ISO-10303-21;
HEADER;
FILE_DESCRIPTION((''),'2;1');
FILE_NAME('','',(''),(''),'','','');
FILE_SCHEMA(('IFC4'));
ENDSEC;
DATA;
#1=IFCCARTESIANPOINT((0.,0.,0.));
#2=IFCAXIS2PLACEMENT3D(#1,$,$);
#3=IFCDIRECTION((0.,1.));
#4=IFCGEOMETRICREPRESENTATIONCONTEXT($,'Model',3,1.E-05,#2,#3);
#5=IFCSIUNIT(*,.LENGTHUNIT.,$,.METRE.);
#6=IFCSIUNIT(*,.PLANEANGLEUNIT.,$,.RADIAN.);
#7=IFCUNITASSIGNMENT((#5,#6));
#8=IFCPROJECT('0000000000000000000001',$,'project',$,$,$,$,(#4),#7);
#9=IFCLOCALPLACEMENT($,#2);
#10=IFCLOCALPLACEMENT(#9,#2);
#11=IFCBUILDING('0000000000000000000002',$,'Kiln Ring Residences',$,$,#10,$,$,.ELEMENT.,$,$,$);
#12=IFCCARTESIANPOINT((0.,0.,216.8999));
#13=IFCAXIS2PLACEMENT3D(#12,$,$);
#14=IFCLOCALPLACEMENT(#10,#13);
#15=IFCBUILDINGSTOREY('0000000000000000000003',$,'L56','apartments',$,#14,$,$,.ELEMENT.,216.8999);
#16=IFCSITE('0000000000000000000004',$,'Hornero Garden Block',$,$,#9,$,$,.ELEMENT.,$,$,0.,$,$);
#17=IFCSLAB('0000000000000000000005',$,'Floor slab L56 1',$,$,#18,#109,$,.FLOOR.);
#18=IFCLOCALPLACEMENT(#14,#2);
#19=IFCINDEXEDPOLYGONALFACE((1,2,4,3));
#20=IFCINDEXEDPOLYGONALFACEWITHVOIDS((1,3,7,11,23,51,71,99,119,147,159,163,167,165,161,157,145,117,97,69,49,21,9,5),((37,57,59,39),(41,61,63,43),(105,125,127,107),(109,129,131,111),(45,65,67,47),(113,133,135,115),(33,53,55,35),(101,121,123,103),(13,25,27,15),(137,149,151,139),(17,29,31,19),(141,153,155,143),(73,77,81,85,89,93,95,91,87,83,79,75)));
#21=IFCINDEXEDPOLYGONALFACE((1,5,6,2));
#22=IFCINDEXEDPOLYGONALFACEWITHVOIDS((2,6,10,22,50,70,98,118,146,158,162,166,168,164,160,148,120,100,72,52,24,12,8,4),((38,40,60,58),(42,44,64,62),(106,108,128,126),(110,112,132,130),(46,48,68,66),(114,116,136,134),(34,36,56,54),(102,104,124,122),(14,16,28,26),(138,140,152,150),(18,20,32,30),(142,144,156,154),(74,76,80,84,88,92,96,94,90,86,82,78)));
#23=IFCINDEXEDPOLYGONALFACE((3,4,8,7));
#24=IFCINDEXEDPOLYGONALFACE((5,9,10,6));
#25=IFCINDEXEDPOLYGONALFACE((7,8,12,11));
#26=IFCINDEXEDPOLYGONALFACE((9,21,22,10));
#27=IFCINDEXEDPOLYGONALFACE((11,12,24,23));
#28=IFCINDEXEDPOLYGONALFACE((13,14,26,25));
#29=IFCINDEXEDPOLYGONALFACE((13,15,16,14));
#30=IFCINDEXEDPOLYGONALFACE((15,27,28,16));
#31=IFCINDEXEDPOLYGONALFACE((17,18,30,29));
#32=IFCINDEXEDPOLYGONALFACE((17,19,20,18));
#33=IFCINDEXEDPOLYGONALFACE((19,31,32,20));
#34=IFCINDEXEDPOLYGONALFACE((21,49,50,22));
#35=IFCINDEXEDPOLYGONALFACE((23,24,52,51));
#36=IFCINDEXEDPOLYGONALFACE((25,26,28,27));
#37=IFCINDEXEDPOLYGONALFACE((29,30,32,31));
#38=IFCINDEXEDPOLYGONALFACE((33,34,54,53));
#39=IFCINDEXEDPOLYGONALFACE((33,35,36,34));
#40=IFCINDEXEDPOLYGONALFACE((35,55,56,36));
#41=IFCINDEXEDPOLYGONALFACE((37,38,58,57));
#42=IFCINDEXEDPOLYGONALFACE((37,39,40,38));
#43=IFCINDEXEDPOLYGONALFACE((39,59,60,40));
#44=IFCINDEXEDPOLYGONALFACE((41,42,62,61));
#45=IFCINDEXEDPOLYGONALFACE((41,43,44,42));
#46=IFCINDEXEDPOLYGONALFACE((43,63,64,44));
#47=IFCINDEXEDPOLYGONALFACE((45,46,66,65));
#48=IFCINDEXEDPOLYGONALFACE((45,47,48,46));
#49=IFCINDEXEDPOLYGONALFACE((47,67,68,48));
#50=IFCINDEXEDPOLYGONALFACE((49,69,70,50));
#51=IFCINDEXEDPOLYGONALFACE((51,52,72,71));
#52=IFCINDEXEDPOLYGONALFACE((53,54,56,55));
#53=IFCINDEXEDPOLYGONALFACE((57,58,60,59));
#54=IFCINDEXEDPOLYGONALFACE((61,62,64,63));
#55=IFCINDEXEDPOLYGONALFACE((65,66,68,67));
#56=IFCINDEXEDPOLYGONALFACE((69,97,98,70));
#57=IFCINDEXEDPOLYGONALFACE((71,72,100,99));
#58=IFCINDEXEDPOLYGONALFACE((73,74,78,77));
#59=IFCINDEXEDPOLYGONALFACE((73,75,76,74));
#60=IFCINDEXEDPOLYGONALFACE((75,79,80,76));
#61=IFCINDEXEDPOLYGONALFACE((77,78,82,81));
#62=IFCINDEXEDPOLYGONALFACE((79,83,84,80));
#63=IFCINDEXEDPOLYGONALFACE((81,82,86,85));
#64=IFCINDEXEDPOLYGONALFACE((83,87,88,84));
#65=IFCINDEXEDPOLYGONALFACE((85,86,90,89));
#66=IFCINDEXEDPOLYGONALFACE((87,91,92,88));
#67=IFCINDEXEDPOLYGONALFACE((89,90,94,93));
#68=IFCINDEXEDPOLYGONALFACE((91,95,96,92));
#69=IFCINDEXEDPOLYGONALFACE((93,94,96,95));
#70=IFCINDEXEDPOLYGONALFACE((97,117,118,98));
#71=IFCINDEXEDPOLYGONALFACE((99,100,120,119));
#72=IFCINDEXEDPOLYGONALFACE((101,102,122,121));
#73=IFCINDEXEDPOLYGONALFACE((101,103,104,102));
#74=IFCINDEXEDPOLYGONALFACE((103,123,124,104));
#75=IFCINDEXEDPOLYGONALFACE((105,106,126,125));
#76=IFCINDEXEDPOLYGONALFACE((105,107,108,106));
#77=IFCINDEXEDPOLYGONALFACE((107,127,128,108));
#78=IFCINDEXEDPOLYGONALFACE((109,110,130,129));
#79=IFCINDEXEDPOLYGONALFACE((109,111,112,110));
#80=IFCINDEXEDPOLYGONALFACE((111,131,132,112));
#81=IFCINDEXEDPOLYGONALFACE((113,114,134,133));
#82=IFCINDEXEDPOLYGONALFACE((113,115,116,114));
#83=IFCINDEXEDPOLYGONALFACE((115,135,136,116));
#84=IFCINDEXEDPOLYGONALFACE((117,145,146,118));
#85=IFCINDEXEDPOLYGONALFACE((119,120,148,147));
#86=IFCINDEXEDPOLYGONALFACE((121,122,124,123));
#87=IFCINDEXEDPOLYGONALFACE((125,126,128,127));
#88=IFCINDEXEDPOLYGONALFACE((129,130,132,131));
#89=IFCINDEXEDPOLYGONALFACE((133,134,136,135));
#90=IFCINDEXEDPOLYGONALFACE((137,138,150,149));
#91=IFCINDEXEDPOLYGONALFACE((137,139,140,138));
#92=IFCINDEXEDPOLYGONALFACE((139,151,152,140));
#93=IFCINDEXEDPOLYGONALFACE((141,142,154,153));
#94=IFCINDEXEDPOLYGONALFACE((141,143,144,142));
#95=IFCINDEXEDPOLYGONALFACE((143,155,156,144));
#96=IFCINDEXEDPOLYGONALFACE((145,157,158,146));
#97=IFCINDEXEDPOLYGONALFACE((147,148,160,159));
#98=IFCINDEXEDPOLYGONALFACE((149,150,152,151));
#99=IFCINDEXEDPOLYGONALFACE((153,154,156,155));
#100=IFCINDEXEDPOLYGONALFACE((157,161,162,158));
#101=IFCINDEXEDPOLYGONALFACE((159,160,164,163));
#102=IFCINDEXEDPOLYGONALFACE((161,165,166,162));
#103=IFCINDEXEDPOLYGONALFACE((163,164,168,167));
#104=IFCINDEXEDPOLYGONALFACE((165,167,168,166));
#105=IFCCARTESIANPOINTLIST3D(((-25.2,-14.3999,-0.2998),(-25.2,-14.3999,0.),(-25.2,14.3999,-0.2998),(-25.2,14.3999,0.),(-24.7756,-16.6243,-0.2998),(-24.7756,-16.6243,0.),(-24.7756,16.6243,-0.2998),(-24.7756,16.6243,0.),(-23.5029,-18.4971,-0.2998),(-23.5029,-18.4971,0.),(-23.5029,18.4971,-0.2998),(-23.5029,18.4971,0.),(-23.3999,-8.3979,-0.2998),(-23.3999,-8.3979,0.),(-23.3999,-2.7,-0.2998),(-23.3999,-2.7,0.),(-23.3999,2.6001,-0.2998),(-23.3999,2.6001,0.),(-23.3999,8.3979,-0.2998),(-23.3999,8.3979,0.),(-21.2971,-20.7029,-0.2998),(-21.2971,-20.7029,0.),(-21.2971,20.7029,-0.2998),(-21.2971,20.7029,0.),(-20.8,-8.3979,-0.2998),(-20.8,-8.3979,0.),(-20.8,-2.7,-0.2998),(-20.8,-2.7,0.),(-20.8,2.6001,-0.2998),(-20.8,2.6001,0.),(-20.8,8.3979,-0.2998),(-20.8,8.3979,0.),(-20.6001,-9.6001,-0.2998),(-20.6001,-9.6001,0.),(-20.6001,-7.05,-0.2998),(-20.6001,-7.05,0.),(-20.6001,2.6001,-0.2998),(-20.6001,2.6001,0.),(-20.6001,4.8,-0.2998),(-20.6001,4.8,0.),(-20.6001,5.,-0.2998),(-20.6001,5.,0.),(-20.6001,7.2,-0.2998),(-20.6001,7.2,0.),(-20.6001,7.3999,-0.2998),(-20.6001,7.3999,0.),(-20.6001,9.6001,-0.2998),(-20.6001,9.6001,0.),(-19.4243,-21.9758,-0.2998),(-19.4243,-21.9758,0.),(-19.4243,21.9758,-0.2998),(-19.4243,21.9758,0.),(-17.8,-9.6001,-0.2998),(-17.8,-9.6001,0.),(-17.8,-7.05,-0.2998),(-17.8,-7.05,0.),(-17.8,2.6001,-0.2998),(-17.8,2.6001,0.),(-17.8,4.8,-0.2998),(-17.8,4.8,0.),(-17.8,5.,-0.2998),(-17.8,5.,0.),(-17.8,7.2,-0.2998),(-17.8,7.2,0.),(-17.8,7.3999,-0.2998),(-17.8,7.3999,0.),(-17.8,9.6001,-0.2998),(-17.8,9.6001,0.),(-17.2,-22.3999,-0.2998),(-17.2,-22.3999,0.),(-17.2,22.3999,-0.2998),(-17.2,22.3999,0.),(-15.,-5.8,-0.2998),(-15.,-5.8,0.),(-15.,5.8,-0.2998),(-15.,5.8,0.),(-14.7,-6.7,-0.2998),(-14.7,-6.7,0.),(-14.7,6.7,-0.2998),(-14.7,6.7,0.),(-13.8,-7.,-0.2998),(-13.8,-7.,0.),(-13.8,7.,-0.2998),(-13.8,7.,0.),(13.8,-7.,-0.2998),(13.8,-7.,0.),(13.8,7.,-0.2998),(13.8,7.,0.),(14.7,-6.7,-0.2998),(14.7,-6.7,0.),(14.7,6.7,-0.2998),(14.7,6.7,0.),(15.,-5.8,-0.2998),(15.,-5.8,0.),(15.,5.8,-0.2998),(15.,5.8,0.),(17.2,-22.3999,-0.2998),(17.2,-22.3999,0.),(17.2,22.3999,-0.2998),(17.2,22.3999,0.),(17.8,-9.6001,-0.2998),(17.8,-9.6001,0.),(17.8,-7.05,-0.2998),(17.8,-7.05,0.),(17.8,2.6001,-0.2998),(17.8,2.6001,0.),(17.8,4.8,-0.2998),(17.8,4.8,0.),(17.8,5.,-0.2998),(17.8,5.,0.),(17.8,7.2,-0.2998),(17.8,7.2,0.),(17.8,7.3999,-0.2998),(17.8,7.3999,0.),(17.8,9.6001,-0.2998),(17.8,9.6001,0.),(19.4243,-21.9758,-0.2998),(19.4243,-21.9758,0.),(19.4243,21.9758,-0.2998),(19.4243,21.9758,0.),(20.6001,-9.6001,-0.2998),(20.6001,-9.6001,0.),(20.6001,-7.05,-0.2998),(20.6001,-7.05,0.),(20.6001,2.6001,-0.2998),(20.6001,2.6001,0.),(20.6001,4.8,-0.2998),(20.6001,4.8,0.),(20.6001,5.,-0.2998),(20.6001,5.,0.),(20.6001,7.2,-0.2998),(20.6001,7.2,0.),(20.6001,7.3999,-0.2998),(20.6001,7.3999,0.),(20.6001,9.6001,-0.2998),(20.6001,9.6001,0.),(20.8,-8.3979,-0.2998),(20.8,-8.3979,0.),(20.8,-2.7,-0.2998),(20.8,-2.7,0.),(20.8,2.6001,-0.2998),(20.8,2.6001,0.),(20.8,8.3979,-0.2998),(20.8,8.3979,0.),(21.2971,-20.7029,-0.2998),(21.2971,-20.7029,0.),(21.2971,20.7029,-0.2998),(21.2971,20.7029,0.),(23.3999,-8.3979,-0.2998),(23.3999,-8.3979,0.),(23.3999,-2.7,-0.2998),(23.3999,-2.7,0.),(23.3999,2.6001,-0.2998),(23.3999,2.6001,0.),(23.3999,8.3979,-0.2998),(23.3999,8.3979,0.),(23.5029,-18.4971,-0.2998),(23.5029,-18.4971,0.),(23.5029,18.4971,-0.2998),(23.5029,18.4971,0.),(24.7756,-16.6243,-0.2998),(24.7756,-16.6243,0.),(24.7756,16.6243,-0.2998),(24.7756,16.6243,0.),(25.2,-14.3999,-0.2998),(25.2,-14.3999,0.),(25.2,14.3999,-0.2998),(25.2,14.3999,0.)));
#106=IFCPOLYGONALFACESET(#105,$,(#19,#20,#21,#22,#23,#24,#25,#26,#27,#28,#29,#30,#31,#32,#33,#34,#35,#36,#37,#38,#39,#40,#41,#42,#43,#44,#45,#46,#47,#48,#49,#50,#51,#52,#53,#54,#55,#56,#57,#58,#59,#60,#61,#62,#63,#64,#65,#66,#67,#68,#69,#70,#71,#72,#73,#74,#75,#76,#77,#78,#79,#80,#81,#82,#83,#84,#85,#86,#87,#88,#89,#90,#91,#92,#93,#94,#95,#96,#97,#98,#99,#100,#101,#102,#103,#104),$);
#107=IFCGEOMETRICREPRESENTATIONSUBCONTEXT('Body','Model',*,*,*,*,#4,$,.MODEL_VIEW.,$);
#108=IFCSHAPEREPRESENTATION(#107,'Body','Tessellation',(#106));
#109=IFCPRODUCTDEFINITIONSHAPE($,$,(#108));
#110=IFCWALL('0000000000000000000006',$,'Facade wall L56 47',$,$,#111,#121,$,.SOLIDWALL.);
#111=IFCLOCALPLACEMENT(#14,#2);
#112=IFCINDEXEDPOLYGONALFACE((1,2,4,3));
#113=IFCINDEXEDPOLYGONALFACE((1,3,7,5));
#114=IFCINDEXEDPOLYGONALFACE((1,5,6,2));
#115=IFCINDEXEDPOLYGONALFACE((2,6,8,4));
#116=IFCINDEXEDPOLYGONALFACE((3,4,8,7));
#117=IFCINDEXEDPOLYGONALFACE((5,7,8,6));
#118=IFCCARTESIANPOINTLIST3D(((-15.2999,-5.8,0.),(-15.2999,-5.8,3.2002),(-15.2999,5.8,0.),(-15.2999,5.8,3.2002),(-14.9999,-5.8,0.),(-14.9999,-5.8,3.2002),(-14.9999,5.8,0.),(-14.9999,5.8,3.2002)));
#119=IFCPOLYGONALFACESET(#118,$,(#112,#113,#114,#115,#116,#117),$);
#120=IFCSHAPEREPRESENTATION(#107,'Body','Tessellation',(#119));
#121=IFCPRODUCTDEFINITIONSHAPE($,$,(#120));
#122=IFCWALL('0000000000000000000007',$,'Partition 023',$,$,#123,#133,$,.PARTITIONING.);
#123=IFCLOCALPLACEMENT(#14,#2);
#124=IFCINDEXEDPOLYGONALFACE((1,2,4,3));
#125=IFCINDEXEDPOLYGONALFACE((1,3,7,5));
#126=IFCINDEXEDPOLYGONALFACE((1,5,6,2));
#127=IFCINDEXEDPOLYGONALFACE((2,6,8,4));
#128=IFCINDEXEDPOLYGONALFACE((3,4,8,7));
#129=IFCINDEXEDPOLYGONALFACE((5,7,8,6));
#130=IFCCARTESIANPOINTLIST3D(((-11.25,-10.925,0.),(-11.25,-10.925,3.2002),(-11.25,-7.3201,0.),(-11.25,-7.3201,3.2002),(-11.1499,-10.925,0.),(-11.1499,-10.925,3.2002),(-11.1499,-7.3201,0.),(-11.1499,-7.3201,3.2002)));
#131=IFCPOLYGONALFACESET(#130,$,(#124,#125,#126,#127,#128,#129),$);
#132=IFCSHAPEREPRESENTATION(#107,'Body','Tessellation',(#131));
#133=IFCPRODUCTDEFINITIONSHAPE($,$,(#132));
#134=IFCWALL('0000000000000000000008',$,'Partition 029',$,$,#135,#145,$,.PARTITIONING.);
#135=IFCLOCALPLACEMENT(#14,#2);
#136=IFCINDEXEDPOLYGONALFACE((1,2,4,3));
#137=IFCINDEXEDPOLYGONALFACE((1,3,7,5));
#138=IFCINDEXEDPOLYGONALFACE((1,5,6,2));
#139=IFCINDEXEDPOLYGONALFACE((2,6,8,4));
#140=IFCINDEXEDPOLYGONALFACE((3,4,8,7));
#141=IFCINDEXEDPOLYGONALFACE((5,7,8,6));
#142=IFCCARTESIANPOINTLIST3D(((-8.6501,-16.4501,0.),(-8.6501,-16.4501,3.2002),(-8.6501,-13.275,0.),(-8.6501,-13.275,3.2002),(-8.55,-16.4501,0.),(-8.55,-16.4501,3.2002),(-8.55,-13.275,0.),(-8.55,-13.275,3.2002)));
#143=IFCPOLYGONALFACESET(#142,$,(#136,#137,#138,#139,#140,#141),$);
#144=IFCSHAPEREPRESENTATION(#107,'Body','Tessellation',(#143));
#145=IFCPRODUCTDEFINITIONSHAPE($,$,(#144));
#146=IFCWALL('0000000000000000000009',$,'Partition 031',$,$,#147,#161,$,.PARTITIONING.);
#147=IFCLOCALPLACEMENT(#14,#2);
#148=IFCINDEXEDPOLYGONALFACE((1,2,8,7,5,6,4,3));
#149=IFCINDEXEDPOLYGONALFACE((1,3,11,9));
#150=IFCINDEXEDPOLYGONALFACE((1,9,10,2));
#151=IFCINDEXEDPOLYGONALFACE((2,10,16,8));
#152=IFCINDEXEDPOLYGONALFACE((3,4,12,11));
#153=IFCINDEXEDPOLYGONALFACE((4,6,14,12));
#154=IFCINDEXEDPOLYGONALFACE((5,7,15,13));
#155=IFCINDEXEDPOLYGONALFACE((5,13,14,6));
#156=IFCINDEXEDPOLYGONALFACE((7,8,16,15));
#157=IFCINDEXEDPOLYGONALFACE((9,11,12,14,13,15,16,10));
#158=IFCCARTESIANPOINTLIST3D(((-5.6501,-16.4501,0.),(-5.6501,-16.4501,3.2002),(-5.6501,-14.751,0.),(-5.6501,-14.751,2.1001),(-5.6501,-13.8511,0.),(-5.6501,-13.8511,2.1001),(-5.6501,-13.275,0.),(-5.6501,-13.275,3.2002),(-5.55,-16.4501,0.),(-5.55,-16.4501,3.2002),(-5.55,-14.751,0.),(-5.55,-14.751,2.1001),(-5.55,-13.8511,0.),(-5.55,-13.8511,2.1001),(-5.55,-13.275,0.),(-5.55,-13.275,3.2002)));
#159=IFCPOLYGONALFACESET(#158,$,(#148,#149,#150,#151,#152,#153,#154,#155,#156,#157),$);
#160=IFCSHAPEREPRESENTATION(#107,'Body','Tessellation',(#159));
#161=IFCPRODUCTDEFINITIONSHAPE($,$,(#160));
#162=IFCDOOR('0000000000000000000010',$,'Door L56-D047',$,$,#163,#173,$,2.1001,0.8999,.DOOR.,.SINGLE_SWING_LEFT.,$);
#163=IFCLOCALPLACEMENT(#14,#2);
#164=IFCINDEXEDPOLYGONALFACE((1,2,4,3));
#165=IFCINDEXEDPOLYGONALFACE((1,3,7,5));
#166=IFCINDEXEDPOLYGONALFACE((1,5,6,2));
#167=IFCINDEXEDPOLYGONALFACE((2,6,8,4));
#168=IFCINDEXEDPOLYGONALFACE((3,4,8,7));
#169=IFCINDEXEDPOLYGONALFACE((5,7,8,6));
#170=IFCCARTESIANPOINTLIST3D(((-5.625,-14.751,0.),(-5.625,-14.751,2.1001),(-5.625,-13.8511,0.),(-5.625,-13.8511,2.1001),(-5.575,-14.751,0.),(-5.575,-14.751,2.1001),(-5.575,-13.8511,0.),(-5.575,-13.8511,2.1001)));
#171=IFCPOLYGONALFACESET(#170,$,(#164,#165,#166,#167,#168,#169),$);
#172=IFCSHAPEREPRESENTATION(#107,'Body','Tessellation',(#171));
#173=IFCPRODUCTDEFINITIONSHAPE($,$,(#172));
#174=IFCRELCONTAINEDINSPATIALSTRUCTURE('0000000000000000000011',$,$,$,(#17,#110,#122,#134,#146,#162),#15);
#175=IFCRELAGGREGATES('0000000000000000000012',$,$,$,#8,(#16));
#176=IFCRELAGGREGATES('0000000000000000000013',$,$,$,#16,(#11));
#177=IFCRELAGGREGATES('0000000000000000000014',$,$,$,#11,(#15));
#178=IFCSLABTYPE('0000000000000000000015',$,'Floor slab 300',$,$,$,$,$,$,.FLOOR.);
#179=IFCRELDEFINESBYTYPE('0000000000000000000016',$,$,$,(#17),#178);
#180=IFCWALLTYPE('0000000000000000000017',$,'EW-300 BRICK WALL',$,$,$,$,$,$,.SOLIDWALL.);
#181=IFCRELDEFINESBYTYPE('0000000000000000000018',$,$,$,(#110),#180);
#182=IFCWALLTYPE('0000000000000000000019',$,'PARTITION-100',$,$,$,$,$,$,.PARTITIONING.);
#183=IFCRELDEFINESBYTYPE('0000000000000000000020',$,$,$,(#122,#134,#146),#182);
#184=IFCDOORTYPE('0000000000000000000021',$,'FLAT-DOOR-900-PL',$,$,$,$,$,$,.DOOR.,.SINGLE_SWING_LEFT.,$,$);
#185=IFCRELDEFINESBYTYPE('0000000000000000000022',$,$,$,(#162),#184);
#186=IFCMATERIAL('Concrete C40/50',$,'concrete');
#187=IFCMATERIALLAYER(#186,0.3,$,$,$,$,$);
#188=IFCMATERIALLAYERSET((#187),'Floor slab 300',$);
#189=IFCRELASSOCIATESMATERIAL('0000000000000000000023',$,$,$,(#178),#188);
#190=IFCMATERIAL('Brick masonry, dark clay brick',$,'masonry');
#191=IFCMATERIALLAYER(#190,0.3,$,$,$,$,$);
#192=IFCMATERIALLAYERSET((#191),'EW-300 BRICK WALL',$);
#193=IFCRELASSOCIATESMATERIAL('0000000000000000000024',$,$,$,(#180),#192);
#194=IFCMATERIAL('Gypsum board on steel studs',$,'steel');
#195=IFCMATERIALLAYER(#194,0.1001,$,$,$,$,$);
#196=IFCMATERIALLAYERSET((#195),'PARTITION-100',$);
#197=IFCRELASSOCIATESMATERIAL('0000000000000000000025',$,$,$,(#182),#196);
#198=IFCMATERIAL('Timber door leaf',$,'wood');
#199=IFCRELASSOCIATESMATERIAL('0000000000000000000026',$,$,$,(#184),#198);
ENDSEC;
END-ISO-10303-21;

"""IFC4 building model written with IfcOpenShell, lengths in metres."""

from ifc_helpers import new_model, si_unit, direction, frame, frame_2d, origin, place, context, subcontext, project, spatial, polyline, rectangle, outline, extrude, material, layer, layer_set, type_object, element, fill, save


model = new_model("IFC4")

# Units and contexts
model_context = context("Model", 3, precision=1e-05, world=origin(), true_north=direction((0.0, 1.0)))
body_context = subcontext(model_context, "Body", "Model", "MODEL_VIEW")
ifc_project = project(units=[si_unit("LENGTHUNIT", "METRE"), si_unit("PLANEANGLEUNIT", "RADIAN")], contexts=[model_context])

# Site, building, storey
site_placement = place(None, origin())
site = spatial("IfcSite", under=ifc_project, at=site_placement, Name="Hornero Garden Block", CompositionType="ELEMENT", RefElevation=0.0)
building_placement = place(site_placement, origin())
building = spatial("IfcBuilding", under=site, at=building_placement, Name="Kiln Ring Residences", CompositionType="ELEMENT")
storey_placement = place(building_placement, frame((0.0, 0.0, 216.8999)))
storey = spatial("IfcBuildingStorey", under=building, at=storey_placement, Name="L56", Description="apartments", CompositionType="ELEMENT", Elevation=216.8999)

# Slab
ifc_material_1 = material(Name="Concrete C40/50", Category="concrete")
ifc_layer_1 = layer(ifc_material_1, 0.3)
ifc_layer_set_1 = layer_set([ifc_layer_1], Name="Floor slab 300")
slab_type = type_object("IfcSlabType", Name="Floor slab 300", PredefinedType="FLOOR", material=ifc_layer_set_1)
slab_placement = place(storey_placement, frame((0.0, 0.0, -0.2998)))
element("IfcSlab", 1, at=slab_placement, inside=storey, type_object=slab_type, Name="Floor slab L56 1", PredefinedType="FLOOR", context=body_context, shape_type="SweptSolid", body=[
    extrude(outline(polyline([(-23.5029, -18.4971), (-21.2971, -20.7029), (-19.4243, -21.9758), (-17.2, -22.3999), (17.2, -22.3999), (19.4243, -21.9758), (21.2971, -20.7029), (23.5029, -18.4971), (24.7756, -16.6243), (25.2, -14.3999), (25.2, 14.3999), (24.7756, 16.6243), (23.5029, 18.4971), (21.2971, 20.7029), (19.4243, 21.9758), (17.2, 22.3999), (-17.2, 22.3999), (-19.4243, 21.9758), (-21.2971, 20.7029), (-23.5029, 18.4971), (-24.7756, 16.6243), (-25.2, 14.3999), (-25.2, -14.3999), (-24.7756, -16.6243), (-23.5029, -18.4971)]), holes=[polyline([(-14.7, -6.7), (-15.0, -5.8), (-15.0, 5.8), (-14.7, 6.7), (-13.8, 7.0), (13.8, 7.0), (14.7, 6.7), (15.0, 5.8), (15.0, -5.8), (14.7, -6.7), (13.8, -7.0), (-13.8, -7.0), (-14.7, -6.7)]), polyline([(20.8, -8.3979), (20.8, -2.7), (23.3999, -2.7), (23.3999, -8.3979), (20.8, -8.3979)]), polyline([(23.3999, 2.6001), (20.8, 2.6001), (20.8, 8.3979), (23.3999, 8.3979), (23.3999, 2.6001)]), polyline([(17.8, 2.6001), (17.8, 4.8), (20.6001, 4.8), (20.6001, 2.6001), (17.8, 2.6001)]), polyline([(17.8, 5.0), (17.8, 7.2), (20.6001, 7.2), (20.6001, 5.0), (17.8, 5.0)]), polyline([(17.8, 7.3999), (17.8, 9.6001), (20.6001, 9.6001), (20.6001, 7.3999), (17.8, 7.3999)]), polyline([(20.6001, -9.6001), (17.8, -9.6001), (17.8, -7.05), (20.6001, -7.05), (20.6001, -9.6001)]), polyline([(-17.8, -7.05), (-17.8, -9.6001), (-20.6001, -9.6001), (-20.6001, -7.05), (-17.8, -7.05)]), polyline([(-17.8, 2.6001), (-20.6001, 2.6001), (-20.6001, 4.8), (-17.8, 4.8), (-17.8, 2.6001)]), polyline([(-17.8, 5.0), (-20.6001, 5.0), (-20.6001, 7.2), (-17.8, 7.2), (-17.8, 5.0)]), polyline([(-17.8, 7.3999), (-20.6001, 7.3999), (-20.6001, 9.6001), (-17.8, 9.6001), (-17.8, 7.3999)]), polyline([(-20.8, -8.3979), (-23.3999, -8.3979), (-23.3999, -2.7), (-20.8, -2.7), (-20.8, -8.3979)]), polyline([(-20.8, 8.3979), (-20.8, 2.6001), (-23.3999, 2.6001), (-23.3999, 8.3979), (-20.8, 8.3979)])]), origin(), (0.0, 0.0, 1.0), 0.2998),
])

# Walls
ifc_material_2 = material(Name="Brick masonry, dark clay brick", Category="masonry")
ifc_layer_2 = layer(ifc_material_2, 0.3)
ifc_layer_set_2 = layer_set([ifc_layer_2], Name="EW-300 BRICK WALL")
wall_type_1 = type_object("IfcWallType", Name="EW-300 BRICK WALL", PredefinedType="SOLIDWALL", material=ifc_layer_set_2)
wall_1_placement = place(storey_placement, frame((-15.1499, -5.8, 0.0), z_axis=(0.0, 0.0, 1.0), x_axis=(0.0, 1.0, 0.0)))
element("IfcWall", 2, at=wall_1_placement, inside=storey, type_object=wall_type_1, Name="Facade wall L56 47", PredefinedType="SOLIDWALL", context=body_context, shape_type="SweptSolid", body=[
    extrude(rectangle(XDim=11.6001, YDim=0.3, at=frame_2d((5.8, 0.0))), origin(), (0.0, 0.0, 1.0), 3.2002),
])
ifc_material_3 = material(Name="Gypsum board on steel studs", Category="steel")
ifc_layer_3 = layer(ifc_material_3, 0.1001)
ifc_layer_set_3 = layer_set([ifc_layer_3], Name="PARTITION-100")
wall_type_2 = type_object("IfcWallType", Name="PARTITION-100", PredefinedType="PARTITIONING", material=ifc_layer_set_3)
wall_2_placement = place(storey_placement, frame((-11.2, -10.925, 0.0), z_axis=(0.0, 0.0, 1.0), x_axis=(0.0, 1.0, 0.0)))
element("IfcWall", 3, at=wall_2_placement, inside=storey, type_object=wall_type_2, Name="Partition 023", PredefinedType="PARTITIONING", context=body_context, shape_type="SweptSolid", body=[
    extrude(rectangle(XDim=3.605, YDim=0.1001, at=frame_2d((1.8025, 0.0))), origin(), (0.0, 0.0, 1.0), 3.2002),
])
wall_3_placement = place(storey_placement, frame((-8.6001, -16.45, 0.0), z_axis=(0.0, 0.0, 1.0), x_axis=(0.0, 1.0, 0.0)))
element("IfcWall", 4, at=wall_3_placement, inside=storey, type_object=wall_type_2, Name="Partition 029", PredefinedType="PARTITIONING", context=body_context, shape_type="SweptSolid", body=[
    extrude(rectangle(XDim=3.175, YDim=0.1001, at=frame_2d((1.5874, 0.0))), origin(), (0.0, 0.0, 1.0), 3.2002),
])

# Wall, opening, door
wall_4_placement = place(storey_placement, frame((-5.6001, -16.45, 0.0), z_axis=(0.0, 0.0, 1.0), x_axis=(0.0, 1.0, 0.0)))
wall_4 = element("IfcWall", 5, at=wall_4_placement, inside=storey, type_object=wall_type_2, Name="Partition 031", PredefinedType="PARTITIONING", context=body_context, shape_type="SweptSolid", body=[
    extrude(rectangle(XDim=3.175, YDim=0.1001, at=frame_2d((1.5874, 0.0))), origin(), (0.0, 0.0, 1.0), 3.2002),
])
opening_1_placement = place(wall_4_placement, frame((1.699, 0.0, 0.0)))
opening_1 = element("IfcOpeningElement", 6, at=opening_1_placement, cuts=wall_4, PredefinedType="OPENING", context=body_context, shape_type="SweptSolid", body=[
    extrude(rectangle(XDim=0.8999, YDim=2.1001, at=frame_2d((0.45, 1.05))), frame((0.0, 0.0601, 0.0), z_axis=(0.0, -1.0, 0.0), x_axis=(1.0, 0.0, 0.0)), (0.0, 0.0, 1.0), 0.1201),
])
ifc_material_4 = material(Name="Timber door leaf", Category="wood")
door_type_1 = type_object("IfcDoorType", Name="FLAT-DOOR-900-PL", OperationType="SINGLE_SWING_LEFT", PredefinedType="DOOR", material=ifc_material_4)
door_1_placement = place(opening_1_placement, origin())
door_1 = element("IfcDoor", 7, at=door_1_placement, inside=storey, type_object=door_type_1, Name="Door L56-D047", OperationType="SINGLE_SWING_LEFT", OverallHeight=2.1001, OverallWidth=0.8999, PredefinedType="DOOR", context=body_context, shape_type="SweptSolid", body=[
    extrude(rectangle(XDim=0.8999, YDim=2.1001, at=frame_2d((0.45, 1.05))), frame((0.0, 0.0249, 0.0), z_axis=(0.0, -1.0, 0.0), x_axis=(1.0, 0.0, 0.0)), (0.0, 0.0, 1.0), 0.05),
])
fill(opening_1, door_1)

save(model, "model.ifc")
